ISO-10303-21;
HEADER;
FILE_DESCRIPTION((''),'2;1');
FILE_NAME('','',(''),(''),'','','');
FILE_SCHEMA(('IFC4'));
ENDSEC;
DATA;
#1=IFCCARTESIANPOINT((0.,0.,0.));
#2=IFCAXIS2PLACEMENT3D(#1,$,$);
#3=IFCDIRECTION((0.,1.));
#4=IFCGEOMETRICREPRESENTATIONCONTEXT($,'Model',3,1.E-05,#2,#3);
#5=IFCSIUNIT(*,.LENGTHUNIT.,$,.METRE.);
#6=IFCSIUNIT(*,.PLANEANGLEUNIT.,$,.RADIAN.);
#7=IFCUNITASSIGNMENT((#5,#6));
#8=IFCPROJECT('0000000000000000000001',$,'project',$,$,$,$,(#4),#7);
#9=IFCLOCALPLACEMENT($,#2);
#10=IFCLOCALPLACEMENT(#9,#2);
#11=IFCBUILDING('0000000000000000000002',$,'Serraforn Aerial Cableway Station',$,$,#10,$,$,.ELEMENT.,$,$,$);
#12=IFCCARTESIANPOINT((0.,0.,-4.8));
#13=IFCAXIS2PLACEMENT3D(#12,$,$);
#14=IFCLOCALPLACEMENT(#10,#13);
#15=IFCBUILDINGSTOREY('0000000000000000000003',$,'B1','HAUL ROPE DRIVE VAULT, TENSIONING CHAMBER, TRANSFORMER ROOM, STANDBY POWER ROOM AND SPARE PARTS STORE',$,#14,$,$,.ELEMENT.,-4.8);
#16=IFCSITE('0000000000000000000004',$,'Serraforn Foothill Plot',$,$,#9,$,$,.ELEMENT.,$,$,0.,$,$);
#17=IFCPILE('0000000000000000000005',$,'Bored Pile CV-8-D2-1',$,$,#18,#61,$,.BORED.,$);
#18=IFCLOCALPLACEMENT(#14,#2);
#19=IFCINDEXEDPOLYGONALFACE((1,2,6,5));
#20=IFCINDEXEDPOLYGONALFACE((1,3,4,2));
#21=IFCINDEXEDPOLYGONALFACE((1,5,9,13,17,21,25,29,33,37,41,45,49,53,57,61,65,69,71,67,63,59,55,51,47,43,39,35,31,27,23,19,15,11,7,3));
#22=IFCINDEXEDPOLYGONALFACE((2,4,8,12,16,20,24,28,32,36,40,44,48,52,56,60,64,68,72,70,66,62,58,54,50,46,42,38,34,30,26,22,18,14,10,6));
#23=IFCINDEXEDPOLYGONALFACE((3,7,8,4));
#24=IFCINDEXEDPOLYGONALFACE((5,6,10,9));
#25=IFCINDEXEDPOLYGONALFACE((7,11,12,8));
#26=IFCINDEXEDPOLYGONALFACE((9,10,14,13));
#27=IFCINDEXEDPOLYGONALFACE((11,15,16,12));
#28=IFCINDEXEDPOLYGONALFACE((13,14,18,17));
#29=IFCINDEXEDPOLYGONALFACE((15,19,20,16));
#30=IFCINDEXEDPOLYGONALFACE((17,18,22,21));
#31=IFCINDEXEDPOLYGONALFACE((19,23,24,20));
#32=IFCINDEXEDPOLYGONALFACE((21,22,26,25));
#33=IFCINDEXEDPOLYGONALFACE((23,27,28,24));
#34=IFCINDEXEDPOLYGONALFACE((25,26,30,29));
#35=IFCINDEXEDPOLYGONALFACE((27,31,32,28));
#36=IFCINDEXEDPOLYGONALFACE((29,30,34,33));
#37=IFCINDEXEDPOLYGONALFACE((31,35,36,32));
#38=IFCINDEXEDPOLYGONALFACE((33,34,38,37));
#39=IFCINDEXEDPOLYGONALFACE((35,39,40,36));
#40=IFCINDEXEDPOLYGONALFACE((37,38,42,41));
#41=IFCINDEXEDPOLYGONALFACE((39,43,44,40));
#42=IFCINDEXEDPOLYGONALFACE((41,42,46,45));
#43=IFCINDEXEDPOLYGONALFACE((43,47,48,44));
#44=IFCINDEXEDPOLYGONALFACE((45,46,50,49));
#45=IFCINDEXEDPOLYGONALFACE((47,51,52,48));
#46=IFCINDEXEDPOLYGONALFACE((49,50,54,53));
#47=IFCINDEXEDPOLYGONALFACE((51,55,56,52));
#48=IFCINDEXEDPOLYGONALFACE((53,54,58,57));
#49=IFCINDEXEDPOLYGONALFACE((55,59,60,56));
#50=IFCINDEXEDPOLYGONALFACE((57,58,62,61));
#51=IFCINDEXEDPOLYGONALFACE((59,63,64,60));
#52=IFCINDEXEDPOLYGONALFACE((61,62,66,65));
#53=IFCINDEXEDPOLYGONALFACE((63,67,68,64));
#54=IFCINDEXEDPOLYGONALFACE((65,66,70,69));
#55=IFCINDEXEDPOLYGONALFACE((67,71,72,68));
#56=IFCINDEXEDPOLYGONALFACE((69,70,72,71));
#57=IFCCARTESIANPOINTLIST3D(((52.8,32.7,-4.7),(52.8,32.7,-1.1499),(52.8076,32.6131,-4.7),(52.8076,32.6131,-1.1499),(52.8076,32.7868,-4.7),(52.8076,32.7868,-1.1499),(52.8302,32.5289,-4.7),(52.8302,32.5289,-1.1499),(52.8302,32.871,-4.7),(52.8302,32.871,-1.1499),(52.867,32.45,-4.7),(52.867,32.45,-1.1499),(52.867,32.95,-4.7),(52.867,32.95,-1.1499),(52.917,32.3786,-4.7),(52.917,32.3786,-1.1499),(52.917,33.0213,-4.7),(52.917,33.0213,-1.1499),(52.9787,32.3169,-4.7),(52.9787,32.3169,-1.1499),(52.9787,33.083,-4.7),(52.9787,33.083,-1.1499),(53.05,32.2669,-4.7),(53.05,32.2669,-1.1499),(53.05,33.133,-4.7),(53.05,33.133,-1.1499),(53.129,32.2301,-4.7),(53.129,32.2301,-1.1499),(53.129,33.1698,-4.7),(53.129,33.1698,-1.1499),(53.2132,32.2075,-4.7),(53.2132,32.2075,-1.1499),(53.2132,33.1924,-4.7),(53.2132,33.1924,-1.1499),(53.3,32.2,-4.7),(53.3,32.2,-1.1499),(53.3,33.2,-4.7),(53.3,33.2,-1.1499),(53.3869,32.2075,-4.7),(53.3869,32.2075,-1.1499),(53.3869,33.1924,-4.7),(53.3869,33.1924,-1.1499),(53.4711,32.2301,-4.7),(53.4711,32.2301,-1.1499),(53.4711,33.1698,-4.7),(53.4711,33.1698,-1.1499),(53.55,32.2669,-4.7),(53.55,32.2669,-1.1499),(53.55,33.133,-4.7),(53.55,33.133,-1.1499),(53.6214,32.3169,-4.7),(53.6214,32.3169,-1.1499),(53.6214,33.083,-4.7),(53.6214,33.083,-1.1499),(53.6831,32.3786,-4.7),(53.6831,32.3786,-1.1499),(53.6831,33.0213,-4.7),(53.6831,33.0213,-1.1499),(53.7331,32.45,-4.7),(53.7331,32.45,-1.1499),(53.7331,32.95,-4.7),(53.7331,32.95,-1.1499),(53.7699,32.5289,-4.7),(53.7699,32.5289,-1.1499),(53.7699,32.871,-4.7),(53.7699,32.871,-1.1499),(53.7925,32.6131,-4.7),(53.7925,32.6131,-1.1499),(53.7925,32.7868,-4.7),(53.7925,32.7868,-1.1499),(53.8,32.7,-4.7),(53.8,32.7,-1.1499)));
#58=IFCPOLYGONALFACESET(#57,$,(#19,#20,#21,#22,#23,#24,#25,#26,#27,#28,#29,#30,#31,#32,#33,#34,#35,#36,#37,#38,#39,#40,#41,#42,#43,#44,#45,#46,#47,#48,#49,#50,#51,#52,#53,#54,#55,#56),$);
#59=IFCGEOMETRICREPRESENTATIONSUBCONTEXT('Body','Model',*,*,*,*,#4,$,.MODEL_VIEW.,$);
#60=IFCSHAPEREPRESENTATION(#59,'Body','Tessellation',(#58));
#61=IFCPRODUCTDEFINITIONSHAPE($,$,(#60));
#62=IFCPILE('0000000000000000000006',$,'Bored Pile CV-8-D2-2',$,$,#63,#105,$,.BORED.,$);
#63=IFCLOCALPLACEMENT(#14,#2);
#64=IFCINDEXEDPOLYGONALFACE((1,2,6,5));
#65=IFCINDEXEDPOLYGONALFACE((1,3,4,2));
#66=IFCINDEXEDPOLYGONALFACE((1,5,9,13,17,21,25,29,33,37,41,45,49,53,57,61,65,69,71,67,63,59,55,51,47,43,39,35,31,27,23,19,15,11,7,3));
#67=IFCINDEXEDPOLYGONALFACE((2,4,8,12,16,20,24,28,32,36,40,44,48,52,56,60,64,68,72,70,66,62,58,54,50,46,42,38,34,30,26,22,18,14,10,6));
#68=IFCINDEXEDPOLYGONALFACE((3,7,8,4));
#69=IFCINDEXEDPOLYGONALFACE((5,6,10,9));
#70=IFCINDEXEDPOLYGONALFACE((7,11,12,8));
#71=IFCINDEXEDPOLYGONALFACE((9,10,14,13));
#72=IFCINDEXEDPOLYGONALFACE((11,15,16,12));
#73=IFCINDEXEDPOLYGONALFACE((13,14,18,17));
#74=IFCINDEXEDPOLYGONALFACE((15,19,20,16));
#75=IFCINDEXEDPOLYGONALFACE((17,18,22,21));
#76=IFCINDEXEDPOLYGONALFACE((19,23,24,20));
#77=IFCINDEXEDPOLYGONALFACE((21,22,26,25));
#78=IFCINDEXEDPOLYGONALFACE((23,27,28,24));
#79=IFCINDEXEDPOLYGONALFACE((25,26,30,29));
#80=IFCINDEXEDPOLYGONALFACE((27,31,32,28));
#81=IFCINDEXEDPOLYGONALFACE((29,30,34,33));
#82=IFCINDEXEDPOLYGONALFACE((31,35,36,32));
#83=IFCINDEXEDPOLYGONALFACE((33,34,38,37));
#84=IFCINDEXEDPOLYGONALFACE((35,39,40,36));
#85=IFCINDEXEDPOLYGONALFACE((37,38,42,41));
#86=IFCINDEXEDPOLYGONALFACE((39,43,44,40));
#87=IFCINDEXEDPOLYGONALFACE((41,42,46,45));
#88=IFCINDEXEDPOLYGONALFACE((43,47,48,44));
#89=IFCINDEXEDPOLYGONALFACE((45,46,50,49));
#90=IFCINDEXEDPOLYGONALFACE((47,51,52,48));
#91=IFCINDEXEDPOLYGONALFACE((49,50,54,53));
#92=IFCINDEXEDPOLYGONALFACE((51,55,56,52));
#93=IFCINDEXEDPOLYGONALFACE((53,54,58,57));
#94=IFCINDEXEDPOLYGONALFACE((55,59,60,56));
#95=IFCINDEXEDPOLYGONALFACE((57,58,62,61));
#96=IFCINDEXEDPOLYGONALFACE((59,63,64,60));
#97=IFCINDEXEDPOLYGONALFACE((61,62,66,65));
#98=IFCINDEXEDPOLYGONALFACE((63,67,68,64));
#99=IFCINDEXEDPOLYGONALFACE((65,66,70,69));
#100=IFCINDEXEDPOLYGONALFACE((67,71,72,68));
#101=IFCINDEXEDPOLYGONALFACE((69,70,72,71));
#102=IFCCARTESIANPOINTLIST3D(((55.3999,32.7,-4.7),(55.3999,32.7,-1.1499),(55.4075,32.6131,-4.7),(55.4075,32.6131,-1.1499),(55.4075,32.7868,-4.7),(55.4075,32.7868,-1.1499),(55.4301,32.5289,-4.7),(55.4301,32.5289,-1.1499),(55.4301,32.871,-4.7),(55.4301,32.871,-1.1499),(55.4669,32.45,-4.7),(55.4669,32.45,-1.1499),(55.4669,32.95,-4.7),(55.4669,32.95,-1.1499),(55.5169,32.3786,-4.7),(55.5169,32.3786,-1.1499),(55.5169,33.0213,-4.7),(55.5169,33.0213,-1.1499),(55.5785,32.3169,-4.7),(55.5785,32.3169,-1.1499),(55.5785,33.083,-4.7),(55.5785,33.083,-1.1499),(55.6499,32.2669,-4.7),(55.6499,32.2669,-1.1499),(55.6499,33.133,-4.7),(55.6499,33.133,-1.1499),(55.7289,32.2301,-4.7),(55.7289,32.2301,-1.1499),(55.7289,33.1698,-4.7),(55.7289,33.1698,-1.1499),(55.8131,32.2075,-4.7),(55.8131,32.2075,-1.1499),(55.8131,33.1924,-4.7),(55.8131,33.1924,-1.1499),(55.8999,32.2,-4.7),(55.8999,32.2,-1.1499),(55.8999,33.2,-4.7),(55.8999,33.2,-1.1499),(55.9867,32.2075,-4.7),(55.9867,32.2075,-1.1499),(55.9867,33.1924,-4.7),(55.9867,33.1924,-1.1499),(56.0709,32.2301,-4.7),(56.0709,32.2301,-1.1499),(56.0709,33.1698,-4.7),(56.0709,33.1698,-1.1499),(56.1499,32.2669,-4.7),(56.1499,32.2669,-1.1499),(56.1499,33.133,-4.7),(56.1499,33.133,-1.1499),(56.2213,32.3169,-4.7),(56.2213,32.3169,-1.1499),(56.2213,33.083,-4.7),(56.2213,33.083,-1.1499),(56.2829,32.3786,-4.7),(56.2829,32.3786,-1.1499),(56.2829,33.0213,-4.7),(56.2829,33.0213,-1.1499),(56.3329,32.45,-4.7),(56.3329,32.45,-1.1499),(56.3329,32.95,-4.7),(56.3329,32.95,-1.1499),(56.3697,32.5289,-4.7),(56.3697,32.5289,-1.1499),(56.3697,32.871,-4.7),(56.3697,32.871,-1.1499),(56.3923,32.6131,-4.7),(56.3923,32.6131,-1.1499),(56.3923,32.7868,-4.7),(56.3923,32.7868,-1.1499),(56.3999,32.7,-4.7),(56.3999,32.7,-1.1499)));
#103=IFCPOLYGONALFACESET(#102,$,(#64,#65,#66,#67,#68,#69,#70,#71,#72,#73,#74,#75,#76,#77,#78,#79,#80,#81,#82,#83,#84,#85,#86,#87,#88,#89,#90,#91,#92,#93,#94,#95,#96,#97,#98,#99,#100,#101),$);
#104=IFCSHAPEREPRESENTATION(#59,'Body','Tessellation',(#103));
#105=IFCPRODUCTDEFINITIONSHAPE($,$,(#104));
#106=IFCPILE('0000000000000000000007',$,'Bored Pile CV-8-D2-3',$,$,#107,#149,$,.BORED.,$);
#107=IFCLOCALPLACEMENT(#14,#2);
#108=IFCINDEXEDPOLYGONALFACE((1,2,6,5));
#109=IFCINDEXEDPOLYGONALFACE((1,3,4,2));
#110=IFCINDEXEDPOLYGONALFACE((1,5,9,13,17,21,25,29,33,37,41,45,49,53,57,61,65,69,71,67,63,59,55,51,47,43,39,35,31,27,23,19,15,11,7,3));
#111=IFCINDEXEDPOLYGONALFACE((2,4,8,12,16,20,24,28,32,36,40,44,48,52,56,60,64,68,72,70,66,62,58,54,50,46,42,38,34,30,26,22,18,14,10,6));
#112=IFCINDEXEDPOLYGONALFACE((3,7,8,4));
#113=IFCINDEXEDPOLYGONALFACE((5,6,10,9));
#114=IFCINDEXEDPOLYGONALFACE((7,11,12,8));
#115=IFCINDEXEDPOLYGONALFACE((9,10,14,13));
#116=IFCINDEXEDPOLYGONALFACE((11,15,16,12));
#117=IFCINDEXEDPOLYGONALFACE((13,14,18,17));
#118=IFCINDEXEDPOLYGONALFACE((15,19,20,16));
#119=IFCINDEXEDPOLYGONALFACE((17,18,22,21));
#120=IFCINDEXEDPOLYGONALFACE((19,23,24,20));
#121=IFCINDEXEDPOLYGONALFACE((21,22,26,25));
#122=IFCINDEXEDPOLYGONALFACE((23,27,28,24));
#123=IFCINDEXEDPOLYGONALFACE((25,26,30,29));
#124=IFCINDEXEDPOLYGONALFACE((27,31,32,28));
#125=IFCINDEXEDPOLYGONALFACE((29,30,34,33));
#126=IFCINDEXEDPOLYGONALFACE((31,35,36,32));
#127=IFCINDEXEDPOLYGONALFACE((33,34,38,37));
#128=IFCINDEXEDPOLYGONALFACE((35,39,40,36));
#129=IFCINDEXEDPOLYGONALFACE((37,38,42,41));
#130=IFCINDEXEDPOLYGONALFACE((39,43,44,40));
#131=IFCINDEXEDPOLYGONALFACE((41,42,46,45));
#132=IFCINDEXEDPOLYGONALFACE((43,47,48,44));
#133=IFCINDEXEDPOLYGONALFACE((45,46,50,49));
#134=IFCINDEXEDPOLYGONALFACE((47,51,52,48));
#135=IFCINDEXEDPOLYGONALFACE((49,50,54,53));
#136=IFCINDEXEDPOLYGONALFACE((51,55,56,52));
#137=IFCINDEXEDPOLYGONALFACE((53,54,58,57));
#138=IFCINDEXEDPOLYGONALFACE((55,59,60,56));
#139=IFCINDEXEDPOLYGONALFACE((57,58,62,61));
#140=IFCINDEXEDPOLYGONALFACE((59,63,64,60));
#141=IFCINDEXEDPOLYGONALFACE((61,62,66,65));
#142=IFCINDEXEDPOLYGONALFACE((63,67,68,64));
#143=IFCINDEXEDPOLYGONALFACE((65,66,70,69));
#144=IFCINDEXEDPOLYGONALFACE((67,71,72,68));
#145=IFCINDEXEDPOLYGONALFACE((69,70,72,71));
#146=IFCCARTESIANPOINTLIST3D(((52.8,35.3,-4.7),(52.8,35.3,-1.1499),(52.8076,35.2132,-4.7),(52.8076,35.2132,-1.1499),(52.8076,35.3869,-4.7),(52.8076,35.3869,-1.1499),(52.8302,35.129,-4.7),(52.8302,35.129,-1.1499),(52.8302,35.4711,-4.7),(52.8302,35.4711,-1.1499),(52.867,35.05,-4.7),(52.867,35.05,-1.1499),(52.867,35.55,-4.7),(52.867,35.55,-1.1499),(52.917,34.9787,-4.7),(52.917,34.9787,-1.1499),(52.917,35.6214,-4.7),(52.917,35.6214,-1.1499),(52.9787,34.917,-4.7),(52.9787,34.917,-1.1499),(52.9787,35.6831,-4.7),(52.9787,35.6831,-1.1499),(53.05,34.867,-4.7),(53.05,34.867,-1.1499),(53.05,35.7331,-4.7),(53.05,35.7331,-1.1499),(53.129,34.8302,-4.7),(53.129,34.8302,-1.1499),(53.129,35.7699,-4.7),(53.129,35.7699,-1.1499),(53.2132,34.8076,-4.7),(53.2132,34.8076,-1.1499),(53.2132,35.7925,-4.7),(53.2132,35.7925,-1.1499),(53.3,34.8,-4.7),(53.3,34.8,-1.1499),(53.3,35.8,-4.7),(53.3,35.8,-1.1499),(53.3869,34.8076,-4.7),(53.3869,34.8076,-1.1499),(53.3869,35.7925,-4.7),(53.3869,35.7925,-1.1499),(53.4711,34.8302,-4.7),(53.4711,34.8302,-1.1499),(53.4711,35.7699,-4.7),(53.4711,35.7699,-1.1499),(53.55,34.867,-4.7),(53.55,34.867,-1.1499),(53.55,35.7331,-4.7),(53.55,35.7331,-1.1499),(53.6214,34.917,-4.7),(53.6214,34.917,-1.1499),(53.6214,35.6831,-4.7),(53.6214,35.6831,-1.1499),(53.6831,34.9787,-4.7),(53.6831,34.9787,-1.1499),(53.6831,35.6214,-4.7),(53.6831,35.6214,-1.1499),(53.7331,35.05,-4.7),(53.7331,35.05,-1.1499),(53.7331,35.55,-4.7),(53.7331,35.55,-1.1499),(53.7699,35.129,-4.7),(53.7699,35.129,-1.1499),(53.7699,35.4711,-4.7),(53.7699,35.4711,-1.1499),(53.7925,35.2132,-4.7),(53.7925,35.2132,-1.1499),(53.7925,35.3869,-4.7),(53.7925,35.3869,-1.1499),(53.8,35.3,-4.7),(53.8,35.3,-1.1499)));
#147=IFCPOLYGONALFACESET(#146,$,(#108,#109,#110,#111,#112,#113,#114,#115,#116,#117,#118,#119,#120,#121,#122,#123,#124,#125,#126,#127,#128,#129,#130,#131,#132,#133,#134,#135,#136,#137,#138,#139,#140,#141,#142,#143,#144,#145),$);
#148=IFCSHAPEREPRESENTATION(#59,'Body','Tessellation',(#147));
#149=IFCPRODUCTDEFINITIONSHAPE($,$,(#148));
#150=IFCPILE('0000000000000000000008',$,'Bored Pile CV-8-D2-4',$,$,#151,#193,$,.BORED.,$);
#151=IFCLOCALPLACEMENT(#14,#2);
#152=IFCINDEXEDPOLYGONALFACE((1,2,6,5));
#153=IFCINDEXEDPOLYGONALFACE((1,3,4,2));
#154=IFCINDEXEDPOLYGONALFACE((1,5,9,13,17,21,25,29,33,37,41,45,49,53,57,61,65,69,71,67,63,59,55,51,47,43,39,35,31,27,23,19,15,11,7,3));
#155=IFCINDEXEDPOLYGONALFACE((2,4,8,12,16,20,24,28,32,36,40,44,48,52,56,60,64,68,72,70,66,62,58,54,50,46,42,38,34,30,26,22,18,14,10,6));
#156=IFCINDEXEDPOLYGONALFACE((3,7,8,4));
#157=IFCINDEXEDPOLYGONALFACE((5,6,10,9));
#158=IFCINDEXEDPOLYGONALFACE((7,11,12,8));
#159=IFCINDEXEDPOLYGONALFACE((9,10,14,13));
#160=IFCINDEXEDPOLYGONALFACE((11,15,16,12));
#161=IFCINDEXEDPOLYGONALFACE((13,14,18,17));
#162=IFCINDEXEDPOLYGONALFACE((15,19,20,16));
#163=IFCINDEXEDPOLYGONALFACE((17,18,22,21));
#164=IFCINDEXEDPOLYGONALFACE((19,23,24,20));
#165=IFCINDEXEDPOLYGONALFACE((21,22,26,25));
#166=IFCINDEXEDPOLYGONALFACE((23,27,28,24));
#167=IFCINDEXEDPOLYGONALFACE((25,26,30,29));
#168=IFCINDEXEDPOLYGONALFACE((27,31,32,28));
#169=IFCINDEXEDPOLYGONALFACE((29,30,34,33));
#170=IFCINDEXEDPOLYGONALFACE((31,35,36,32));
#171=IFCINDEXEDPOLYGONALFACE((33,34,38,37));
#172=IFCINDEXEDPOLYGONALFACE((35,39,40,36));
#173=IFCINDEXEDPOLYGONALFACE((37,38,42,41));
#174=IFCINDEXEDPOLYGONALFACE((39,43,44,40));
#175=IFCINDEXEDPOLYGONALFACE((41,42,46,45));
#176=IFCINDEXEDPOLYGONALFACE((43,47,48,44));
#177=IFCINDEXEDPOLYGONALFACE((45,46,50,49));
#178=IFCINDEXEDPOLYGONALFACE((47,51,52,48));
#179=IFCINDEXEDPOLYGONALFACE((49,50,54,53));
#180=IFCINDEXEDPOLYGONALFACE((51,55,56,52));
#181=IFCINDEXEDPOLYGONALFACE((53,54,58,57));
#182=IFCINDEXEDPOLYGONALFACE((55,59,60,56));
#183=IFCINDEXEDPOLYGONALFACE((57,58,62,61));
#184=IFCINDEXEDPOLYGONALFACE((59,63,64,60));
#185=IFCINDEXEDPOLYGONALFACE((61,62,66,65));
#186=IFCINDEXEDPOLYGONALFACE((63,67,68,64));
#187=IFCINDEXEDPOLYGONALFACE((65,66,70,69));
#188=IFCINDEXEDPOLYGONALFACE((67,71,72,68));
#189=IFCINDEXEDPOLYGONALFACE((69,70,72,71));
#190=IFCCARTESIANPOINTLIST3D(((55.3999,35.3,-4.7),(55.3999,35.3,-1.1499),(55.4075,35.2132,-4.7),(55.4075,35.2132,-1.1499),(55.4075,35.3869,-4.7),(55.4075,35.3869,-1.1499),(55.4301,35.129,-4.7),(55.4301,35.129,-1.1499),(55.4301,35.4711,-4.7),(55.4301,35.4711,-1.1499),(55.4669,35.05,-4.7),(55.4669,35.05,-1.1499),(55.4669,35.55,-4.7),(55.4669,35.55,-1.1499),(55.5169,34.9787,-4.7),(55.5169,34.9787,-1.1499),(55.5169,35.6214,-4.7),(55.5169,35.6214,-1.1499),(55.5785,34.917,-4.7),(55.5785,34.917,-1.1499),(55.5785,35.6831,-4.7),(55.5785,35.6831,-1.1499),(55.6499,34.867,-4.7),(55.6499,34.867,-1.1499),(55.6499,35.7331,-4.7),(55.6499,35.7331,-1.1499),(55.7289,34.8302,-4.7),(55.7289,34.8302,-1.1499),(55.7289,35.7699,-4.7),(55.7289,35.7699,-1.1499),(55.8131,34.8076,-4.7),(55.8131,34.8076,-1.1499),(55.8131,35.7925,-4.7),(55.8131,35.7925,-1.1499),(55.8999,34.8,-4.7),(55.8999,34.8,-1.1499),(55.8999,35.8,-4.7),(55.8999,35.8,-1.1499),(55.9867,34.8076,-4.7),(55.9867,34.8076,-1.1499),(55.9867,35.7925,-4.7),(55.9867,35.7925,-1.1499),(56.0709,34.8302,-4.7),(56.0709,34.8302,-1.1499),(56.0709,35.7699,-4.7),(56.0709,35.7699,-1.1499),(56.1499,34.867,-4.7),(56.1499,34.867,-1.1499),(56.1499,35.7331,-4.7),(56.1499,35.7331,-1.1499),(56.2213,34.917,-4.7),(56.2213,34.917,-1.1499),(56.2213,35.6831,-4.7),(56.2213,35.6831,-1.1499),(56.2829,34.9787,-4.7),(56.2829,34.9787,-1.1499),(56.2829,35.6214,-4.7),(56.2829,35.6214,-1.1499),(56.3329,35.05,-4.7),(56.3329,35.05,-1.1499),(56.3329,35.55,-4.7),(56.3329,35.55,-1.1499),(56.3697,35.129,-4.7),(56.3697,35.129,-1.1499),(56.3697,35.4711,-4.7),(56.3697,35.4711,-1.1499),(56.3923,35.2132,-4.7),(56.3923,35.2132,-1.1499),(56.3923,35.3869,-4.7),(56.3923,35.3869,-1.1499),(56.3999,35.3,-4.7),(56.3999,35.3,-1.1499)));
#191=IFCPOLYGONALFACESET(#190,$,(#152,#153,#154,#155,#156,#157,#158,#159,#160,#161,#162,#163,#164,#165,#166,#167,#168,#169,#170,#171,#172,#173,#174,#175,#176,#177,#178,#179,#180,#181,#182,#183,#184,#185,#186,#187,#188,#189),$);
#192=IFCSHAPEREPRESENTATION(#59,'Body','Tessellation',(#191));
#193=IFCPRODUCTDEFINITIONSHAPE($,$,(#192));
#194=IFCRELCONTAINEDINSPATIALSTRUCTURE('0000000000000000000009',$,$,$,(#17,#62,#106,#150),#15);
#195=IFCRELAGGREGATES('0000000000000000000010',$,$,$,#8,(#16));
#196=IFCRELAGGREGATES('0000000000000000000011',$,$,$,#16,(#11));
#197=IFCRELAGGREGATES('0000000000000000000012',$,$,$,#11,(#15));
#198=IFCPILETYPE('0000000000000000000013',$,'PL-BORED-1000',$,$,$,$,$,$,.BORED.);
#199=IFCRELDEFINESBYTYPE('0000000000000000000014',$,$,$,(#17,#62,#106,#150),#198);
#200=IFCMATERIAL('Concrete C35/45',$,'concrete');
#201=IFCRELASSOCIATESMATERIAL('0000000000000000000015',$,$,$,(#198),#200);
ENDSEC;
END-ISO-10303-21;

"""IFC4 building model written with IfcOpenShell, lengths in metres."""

from ifc_helpers import new_model, si_unit, direction, frame, origin, origin_2d, place, context, subcontext, project, spatial, circle, extrude, material, material_profile, profile_set, type_object, element, save


model = new_model("IFC4")

# Units and contexts
model_context = context("Model", 3, precision=1e-05, world=origin(), true_north=direction((0.0, 1.0)))
body_context = subcontext(model_context, "Body", "Model", "MODEL_VIEW")
ifc_project = project(units=[si_unit("LENGTHUNIT", "METRE"), si_unit("PLANEANGLEUNIT", "RADIAN")], contexts=[model_context])

# Site, building, storey
site_placement = place(None, origin())
site = spatial("IfcSite", under=ifc_project, at=site_placement, Name="Serraforn Foothill Plot", CompositionType="ELEMENT", RefElevation=0.0)
building_placement = place(site_placement, origin())
building = spatial("IfcBuilding", under=site, at=building_placement, Name="Serraforn Aerial Cableway Station", CompositionType="ELEMENT")
storey_placement = place(building_placement, frame((0.0, 0.0, -4.8)))
storey = spatial("IfcBuildingStorey", under=building, at=storey_placement, Name="B1", Description="HAUL ROPE DRIVE VAULT, TENSIONING CHAMBER, TRANSFORMER ROOM, STANDBY POWER ROOM AND SPARE PARTS STORE", CompositionType="ELEMENT", Elevation=-4.8)

# Piles
ifc_material_1 = material(Name="Concrete C35/45", Category="concrete")
ifc_material_profile_1 = material_profile(ifc_material_1, circle(Radius=0.5, at=origin_2d()), Name="BORED PILE D1000")
ifc_profile_set_1 = profile_set([ifc_material_profile_1], Name="Concrete C35/45")
pile_type = type_object("IfcPileType", Name="PL-BORED-1000", PredefinedType="BORED", material=ifc_profile_set_1)
for number, where, z_axis, x_axis, name in (
    (1, (53.3, 32.7, -1.1499), (0.0, 0.0, -1.0), (1.0, 0.0, 0.0), "Bored Pile CV-8-D2-1"),
    (2, (55.8999, 32.7, -1.1499), (0.0, 0.0, -1.0), (1.0, 0.0, 0.0), "Bored Pile CV-8-D2-2"),
    (3, (53.3, 35.3, -1.1499), (0.0, 0.0, -1.0), (1.0, 0.0, 0.0), "Bored Pile CV-8-D2-3"),
    (4, (55.8999, 35.3, -1.1499), (0.0, 0.0, -1.0), (1.0, 0.0, 0.0), "Bored Pile CV-8-D2-4"),
):
    element("IfcPile", number, at=place(storey_placement, frame(where, z_axis=z_axis, x_axis=x_axis)), inside=storey, type_object=pile_type, Name=name, PredefinedType="BORED", context=body_context, shape_type="SweptSolid", body=[
        extrude(circle(Radius=0.5, at=origin_2d()), origin(), (0.0, 0.0, 1.0), 3.55),
    ])

save(model, "model.ifc")
